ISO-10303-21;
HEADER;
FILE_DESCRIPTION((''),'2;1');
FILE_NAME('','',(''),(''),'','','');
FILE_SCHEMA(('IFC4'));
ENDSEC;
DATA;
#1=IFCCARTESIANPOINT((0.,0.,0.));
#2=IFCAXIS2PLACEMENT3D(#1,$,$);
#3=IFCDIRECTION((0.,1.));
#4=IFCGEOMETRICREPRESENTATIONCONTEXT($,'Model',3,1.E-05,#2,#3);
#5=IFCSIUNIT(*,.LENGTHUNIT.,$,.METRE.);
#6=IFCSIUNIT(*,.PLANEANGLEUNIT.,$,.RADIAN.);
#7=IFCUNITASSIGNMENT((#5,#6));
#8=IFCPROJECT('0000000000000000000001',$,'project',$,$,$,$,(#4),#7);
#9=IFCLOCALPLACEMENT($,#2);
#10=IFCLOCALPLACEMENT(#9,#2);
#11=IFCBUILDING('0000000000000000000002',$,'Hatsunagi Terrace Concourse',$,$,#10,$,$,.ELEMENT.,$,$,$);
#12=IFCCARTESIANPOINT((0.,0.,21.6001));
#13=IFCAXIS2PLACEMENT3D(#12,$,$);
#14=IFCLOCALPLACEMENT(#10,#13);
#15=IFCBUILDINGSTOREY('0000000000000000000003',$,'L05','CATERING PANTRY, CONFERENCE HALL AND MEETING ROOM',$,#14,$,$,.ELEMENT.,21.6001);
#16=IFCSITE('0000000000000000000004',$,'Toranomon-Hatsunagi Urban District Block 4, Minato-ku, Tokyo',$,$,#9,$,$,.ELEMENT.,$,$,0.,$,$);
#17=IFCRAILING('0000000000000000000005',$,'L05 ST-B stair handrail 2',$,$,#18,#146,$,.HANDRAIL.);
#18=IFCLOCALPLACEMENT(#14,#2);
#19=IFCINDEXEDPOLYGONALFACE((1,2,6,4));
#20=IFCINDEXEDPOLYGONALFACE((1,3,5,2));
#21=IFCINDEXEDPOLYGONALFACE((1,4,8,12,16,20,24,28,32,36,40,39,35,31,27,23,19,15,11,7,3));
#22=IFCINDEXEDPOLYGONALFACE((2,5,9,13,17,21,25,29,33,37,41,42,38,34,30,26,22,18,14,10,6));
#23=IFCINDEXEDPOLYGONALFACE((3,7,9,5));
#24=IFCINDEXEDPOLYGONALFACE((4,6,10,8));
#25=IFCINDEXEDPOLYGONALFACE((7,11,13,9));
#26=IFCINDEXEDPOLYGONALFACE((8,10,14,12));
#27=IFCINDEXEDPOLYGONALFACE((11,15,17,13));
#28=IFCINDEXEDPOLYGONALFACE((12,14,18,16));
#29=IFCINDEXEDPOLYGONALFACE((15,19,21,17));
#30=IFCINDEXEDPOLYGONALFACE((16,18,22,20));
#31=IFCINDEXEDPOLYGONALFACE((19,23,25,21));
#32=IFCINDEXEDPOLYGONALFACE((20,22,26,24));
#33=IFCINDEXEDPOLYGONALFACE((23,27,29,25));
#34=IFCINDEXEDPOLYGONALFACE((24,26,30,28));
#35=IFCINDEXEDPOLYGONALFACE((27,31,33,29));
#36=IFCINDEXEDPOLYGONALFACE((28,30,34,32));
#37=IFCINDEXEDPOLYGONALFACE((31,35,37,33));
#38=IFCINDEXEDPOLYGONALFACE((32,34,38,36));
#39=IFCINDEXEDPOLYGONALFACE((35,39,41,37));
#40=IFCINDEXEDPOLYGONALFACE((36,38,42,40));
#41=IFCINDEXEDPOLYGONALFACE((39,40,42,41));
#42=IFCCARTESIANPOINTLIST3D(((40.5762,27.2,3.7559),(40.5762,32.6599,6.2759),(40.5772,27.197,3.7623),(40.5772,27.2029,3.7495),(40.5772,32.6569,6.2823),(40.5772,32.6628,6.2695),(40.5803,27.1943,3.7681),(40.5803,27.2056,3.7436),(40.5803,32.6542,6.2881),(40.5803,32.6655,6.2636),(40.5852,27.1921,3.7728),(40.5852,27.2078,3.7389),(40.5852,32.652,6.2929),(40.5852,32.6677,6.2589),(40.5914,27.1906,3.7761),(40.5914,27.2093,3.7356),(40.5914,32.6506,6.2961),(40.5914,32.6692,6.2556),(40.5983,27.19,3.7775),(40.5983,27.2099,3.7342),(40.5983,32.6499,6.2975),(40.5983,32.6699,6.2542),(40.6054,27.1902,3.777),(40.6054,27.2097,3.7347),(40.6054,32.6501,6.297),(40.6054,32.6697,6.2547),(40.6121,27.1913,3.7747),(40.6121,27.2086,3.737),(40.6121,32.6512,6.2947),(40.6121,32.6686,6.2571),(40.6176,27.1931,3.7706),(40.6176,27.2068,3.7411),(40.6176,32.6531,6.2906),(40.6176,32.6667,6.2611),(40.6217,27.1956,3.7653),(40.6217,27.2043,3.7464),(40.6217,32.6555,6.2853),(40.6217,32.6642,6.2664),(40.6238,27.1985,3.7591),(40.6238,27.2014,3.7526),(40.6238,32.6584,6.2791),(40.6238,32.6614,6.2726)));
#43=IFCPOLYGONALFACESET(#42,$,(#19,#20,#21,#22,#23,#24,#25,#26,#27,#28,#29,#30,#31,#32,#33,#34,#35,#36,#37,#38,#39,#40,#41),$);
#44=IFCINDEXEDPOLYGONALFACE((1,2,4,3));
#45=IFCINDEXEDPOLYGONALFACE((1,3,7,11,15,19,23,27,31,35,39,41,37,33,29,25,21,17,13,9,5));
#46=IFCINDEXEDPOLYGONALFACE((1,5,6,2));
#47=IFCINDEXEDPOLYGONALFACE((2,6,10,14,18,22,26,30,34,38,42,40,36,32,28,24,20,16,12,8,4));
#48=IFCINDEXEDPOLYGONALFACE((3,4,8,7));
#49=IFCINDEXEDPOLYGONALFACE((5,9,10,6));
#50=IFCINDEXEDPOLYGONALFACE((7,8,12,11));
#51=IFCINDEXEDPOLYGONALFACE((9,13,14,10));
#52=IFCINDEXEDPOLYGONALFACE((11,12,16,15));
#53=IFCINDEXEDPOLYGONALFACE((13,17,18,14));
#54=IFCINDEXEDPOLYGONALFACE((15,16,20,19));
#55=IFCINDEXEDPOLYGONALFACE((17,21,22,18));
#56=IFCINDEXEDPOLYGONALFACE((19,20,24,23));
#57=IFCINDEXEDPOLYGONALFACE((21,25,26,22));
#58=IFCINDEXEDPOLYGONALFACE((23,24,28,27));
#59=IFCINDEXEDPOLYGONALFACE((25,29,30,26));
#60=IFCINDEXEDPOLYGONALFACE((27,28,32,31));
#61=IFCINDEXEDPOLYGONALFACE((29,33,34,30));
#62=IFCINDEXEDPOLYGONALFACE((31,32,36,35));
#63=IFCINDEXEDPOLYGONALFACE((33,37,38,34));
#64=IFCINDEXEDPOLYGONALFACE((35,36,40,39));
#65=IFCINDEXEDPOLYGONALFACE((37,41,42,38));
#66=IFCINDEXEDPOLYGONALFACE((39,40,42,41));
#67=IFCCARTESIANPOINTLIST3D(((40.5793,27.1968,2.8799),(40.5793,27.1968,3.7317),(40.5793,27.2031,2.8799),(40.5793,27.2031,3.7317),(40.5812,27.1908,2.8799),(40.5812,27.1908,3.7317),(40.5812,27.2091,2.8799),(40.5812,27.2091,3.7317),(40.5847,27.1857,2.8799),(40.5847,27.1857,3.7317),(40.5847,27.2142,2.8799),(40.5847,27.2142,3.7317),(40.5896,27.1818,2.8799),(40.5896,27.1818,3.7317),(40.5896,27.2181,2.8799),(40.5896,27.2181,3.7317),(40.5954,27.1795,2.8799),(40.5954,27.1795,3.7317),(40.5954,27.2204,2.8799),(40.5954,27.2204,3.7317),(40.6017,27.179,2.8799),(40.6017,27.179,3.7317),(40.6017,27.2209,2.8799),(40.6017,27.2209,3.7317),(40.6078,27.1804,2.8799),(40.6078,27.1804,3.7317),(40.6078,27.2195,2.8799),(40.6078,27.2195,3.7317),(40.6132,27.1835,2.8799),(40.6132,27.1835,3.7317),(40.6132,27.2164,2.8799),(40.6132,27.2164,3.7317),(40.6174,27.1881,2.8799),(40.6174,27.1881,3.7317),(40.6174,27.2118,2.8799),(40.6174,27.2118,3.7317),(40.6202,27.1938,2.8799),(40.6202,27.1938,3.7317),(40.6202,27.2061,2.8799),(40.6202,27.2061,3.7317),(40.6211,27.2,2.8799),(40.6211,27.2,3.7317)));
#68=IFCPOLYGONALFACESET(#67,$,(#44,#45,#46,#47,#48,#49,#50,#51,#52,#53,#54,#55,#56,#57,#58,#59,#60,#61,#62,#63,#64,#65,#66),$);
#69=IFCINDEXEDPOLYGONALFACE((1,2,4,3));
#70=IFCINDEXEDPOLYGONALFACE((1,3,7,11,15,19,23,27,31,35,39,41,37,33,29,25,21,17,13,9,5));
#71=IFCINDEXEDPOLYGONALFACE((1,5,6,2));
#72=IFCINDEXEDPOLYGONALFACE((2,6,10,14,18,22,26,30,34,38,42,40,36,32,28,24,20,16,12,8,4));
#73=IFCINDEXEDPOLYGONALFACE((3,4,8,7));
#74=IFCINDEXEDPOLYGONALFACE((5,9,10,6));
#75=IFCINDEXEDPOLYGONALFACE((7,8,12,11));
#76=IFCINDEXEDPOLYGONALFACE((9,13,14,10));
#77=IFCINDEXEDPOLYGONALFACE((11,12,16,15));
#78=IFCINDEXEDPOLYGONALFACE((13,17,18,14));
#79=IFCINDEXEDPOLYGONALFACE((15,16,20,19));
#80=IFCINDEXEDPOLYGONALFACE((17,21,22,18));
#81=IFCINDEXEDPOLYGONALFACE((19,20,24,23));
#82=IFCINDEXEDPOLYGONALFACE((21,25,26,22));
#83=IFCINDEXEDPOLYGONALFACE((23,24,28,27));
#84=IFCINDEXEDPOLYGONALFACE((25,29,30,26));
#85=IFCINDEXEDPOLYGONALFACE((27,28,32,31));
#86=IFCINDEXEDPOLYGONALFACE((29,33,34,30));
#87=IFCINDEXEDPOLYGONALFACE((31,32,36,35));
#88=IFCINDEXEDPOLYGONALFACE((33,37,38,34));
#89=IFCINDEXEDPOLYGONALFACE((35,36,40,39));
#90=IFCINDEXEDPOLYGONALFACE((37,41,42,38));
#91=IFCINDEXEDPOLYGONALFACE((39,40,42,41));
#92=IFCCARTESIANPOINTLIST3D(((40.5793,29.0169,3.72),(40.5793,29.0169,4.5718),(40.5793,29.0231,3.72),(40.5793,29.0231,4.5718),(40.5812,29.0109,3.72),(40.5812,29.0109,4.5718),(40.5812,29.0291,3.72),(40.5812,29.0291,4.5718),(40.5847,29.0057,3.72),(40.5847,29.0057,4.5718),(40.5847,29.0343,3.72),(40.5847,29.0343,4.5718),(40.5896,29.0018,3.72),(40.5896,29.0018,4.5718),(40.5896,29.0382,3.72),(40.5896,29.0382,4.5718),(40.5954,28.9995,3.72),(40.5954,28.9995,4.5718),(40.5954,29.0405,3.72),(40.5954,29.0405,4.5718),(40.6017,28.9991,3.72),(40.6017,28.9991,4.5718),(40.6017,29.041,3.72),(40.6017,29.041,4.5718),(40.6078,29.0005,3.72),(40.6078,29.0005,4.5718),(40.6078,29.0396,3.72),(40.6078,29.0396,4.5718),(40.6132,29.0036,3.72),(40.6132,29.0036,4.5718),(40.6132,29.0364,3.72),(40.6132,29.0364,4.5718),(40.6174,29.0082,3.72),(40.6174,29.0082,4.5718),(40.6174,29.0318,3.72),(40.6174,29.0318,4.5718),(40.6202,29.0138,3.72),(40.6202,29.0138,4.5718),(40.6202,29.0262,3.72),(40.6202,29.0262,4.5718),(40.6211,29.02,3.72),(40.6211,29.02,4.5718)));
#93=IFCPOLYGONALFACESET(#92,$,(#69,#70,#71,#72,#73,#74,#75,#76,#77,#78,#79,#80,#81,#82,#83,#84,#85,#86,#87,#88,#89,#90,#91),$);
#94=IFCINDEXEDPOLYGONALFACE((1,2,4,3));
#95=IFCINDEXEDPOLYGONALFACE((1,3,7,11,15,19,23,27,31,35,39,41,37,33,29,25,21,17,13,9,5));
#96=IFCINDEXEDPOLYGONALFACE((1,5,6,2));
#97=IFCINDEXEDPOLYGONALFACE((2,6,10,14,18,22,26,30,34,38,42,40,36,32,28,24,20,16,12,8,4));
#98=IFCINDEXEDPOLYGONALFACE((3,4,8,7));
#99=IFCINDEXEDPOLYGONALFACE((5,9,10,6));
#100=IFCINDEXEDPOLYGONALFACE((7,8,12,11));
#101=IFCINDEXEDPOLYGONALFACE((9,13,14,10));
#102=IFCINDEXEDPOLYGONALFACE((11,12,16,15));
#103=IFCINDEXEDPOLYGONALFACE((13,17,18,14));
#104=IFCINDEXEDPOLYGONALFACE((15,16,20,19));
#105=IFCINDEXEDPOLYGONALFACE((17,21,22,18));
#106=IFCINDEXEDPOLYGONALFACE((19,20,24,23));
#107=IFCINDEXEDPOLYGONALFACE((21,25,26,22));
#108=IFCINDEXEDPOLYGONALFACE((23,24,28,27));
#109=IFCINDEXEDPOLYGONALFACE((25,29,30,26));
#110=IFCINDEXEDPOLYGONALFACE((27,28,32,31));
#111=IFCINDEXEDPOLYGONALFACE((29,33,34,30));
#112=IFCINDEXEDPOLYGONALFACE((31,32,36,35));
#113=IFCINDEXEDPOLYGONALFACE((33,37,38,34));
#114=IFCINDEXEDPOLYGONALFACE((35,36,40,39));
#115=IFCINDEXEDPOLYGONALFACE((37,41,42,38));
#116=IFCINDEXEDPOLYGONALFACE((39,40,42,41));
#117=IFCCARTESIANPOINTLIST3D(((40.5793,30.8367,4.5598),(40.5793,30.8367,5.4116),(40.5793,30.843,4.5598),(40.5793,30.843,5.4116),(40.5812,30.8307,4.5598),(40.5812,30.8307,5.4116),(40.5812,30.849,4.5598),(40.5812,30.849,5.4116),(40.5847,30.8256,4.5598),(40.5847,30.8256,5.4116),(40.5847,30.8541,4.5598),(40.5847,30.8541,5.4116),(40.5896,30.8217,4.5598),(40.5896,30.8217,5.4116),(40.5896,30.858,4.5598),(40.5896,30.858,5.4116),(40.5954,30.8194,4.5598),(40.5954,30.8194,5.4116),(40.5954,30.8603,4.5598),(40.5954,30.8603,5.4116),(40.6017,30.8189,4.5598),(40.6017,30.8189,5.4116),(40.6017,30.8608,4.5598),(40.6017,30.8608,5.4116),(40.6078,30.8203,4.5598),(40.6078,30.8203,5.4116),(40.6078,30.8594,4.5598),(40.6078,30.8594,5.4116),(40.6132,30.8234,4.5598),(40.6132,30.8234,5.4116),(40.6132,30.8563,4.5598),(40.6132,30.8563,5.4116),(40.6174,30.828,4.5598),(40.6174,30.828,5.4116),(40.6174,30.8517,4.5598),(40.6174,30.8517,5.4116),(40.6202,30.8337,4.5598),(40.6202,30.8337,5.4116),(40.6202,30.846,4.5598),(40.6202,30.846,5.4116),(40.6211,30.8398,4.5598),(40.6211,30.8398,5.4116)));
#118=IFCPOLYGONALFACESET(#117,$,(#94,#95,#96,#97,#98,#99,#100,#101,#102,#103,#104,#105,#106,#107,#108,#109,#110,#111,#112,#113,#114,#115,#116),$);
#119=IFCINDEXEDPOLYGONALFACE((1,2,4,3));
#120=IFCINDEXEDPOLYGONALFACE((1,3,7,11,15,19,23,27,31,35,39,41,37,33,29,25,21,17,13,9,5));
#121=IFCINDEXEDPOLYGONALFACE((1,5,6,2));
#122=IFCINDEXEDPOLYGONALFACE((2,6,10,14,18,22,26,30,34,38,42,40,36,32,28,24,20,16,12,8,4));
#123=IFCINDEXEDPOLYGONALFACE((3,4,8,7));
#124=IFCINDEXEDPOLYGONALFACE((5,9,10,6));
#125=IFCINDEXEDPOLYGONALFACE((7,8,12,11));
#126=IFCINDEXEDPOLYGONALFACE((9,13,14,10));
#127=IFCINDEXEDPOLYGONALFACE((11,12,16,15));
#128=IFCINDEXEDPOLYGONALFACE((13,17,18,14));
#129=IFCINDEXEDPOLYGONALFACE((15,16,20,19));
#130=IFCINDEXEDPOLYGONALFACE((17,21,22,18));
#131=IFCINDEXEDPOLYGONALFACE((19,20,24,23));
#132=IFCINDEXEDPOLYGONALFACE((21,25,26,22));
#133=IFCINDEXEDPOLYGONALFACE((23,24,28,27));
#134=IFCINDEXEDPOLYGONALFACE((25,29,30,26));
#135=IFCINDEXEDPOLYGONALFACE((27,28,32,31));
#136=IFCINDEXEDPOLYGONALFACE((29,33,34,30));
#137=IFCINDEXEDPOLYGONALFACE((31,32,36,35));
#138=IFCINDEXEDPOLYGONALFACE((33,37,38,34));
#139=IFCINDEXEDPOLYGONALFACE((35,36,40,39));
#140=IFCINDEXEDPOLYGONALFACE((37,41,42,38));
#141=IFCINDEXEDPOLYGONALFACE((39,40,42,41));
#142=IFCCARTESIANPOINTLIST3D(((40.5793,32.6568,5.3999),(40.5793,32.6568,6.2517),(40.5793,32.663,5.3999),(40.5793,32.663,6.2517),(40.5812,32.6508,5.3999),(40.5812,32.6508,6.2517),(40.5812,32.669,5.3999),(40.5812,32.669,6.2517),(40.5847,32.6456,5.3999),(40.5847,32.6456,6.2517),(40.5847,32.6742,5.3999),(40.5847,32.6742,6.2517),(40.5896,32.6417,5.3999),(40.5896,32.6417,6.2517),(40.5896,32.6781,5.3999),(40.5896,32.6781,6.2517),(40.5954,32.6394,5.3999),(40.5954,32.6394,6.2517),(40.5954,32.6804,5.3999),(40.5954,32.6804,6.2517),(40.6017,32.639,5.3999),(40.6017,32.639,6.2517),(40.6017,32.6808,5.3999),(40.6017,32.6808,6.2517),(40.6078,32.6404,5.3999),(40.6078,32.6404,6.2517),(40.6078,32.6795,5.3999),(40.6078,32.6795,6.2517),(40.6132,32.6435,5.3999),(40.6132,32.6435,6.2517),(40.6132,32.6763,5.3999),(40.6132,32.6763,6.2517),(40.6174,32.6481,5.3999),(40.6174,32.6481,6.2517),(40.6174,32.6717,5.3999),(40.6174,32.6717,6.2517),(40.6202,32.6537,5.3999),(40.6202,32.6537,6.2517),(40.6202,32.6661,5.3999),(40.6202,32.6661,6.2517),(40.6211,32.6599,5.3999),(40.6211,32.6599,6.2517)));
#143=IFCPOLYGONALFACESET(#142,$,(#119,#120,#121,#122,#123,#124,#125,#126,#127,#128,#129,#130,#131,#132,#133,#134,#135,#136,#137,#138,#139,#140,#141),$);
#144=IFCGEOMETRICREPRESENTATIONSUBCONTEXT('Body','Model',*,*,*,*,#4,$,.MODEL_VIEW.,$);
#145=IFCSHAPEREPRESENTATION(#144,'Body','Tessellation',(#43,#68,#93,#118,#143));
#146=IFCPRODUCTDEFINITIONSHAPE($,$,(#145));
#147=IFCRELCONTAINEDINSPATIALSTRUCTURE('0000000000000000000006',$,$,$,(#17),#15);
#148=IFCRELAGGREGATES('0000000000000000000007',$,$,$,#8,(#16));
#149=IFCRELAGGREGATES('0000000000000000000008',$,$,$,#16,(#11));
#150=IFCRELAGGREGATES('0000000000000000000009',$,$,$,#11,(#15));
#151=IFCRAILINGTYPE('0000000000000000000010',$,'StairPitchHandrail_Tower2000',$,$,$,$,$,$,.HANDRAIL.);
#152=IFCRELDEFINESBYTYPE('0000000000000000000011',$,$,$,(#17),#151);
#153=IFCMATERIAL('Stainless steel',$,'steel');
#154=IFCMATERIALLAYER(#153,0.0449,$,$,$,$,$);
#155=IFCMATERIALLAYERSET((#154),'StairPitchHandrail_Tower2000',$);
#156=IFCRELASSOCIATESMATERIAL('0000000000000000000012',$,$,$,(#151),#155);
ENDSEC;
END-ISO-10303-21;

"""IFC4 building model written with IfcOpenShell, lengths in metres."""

from ifc_helpers import new_model, si_unit, direction, frame, origin, origin_2d, place, context, subcontext, project, spatial, circle, extrude, material, layer, layer_set, type_object, element, save


model = new_model("IFC4")

# Units and contexts
model_context = context("Model", 3, precision=1e-05, world=origin(), true_north=direction((0.0, 1.0)))
body_context = subcontext(model_context, "Body", "Model", "MODEL_VIEW")
ifc_project = project(units=[si_unit("LENGTHUNIT", "METRE"), si_unit("PLANEANGLEUNIT", "RADIAN")], contexts=[model_context])

# Site, building, storey
site_placement = place(None, origin())
site = spatial("IfcSite", under=ifc_project, at=site_placement, Name="Toranomon-Hatsunagi Urban District Block 4, Minato-ku, Tokyo", CompositionType="ELEMENT", RefElevation=0.0)
building_placement = place(site_placement, origin())
building = spatial("IfcBuilding", under=site, at=building_placement, Name="Hatsunagi Terrace Concourse", CompositionType="ELEMENT")
storey_placement = place(building_placement, frame((0.0, 0.0, 21.6001)))
storey = spatial("IfcBuildingStorey", under=building, at=storey_placement, Name="L05", Description="CATERING PANTRY, CONFERENCE HALL AND MEETING ROOM", CompositionType="ELEMENT", Elevation=21.6001)

# Railing
ifc_material_1 = material(Name="Stainless steel", Category="steel")
ifc_layer_1 = layer(ifc_material_1, 0.0449)
ifc_layer_set_1 = layer_set([ifc_layer_1], Name="StairPitchHandrail_Tower2000")
railing_type_1 = type_object("IfcRailingType", Name="StairPitchHandrail_Tower2000", PredefinedType="HANDRAIL", material=ifc_layer_set_1)
railing_1_placement = place(storey_placement, frame((40.6001, 27.2, 2.8799)))
element("IfcRailing", 1, at=railing_1_placement, inside=storey, type_object=railing_type_1, Name="L05 ST-B stair handrail 2", PredefinedType="HANDRAIL", context=body_context, shape_type="SweptSolid", body=[
    extrude(circle(Radius=0.0239, at=origin_2d()), frame((0.0, 0.0, 0.876), z_axis=(0.0, 0.907957, 0.419063), x_axis=(-1.0, 0.0, 0.0)), (0.0, 0.0, 1.0), 6.0134),
    extrude(circle(Radius=0.021, at=origin_2d()), origin(), (0.0, 0.0, 1.0), 0.8518),
    extrude(circle(Radius=0.021, at=origin_2d()), frame((0.0, 1.8201, 0.8401)), (0.0, 0.0, 1.0), 0.8518),
    extrude(circle(Radius=0.021, at=origin_2d()), frame((0.0, 3.6399, 1.6799)), (0.0, 0.0, 1.0), 0.8518),
    extrude(circle(Radius=0.021, at=origin_2d()), frame((0.0, 5.46, 2.52)), (0.0, 0.0, 1.0), 0.8518),
])

save(model, "model.ifc")
